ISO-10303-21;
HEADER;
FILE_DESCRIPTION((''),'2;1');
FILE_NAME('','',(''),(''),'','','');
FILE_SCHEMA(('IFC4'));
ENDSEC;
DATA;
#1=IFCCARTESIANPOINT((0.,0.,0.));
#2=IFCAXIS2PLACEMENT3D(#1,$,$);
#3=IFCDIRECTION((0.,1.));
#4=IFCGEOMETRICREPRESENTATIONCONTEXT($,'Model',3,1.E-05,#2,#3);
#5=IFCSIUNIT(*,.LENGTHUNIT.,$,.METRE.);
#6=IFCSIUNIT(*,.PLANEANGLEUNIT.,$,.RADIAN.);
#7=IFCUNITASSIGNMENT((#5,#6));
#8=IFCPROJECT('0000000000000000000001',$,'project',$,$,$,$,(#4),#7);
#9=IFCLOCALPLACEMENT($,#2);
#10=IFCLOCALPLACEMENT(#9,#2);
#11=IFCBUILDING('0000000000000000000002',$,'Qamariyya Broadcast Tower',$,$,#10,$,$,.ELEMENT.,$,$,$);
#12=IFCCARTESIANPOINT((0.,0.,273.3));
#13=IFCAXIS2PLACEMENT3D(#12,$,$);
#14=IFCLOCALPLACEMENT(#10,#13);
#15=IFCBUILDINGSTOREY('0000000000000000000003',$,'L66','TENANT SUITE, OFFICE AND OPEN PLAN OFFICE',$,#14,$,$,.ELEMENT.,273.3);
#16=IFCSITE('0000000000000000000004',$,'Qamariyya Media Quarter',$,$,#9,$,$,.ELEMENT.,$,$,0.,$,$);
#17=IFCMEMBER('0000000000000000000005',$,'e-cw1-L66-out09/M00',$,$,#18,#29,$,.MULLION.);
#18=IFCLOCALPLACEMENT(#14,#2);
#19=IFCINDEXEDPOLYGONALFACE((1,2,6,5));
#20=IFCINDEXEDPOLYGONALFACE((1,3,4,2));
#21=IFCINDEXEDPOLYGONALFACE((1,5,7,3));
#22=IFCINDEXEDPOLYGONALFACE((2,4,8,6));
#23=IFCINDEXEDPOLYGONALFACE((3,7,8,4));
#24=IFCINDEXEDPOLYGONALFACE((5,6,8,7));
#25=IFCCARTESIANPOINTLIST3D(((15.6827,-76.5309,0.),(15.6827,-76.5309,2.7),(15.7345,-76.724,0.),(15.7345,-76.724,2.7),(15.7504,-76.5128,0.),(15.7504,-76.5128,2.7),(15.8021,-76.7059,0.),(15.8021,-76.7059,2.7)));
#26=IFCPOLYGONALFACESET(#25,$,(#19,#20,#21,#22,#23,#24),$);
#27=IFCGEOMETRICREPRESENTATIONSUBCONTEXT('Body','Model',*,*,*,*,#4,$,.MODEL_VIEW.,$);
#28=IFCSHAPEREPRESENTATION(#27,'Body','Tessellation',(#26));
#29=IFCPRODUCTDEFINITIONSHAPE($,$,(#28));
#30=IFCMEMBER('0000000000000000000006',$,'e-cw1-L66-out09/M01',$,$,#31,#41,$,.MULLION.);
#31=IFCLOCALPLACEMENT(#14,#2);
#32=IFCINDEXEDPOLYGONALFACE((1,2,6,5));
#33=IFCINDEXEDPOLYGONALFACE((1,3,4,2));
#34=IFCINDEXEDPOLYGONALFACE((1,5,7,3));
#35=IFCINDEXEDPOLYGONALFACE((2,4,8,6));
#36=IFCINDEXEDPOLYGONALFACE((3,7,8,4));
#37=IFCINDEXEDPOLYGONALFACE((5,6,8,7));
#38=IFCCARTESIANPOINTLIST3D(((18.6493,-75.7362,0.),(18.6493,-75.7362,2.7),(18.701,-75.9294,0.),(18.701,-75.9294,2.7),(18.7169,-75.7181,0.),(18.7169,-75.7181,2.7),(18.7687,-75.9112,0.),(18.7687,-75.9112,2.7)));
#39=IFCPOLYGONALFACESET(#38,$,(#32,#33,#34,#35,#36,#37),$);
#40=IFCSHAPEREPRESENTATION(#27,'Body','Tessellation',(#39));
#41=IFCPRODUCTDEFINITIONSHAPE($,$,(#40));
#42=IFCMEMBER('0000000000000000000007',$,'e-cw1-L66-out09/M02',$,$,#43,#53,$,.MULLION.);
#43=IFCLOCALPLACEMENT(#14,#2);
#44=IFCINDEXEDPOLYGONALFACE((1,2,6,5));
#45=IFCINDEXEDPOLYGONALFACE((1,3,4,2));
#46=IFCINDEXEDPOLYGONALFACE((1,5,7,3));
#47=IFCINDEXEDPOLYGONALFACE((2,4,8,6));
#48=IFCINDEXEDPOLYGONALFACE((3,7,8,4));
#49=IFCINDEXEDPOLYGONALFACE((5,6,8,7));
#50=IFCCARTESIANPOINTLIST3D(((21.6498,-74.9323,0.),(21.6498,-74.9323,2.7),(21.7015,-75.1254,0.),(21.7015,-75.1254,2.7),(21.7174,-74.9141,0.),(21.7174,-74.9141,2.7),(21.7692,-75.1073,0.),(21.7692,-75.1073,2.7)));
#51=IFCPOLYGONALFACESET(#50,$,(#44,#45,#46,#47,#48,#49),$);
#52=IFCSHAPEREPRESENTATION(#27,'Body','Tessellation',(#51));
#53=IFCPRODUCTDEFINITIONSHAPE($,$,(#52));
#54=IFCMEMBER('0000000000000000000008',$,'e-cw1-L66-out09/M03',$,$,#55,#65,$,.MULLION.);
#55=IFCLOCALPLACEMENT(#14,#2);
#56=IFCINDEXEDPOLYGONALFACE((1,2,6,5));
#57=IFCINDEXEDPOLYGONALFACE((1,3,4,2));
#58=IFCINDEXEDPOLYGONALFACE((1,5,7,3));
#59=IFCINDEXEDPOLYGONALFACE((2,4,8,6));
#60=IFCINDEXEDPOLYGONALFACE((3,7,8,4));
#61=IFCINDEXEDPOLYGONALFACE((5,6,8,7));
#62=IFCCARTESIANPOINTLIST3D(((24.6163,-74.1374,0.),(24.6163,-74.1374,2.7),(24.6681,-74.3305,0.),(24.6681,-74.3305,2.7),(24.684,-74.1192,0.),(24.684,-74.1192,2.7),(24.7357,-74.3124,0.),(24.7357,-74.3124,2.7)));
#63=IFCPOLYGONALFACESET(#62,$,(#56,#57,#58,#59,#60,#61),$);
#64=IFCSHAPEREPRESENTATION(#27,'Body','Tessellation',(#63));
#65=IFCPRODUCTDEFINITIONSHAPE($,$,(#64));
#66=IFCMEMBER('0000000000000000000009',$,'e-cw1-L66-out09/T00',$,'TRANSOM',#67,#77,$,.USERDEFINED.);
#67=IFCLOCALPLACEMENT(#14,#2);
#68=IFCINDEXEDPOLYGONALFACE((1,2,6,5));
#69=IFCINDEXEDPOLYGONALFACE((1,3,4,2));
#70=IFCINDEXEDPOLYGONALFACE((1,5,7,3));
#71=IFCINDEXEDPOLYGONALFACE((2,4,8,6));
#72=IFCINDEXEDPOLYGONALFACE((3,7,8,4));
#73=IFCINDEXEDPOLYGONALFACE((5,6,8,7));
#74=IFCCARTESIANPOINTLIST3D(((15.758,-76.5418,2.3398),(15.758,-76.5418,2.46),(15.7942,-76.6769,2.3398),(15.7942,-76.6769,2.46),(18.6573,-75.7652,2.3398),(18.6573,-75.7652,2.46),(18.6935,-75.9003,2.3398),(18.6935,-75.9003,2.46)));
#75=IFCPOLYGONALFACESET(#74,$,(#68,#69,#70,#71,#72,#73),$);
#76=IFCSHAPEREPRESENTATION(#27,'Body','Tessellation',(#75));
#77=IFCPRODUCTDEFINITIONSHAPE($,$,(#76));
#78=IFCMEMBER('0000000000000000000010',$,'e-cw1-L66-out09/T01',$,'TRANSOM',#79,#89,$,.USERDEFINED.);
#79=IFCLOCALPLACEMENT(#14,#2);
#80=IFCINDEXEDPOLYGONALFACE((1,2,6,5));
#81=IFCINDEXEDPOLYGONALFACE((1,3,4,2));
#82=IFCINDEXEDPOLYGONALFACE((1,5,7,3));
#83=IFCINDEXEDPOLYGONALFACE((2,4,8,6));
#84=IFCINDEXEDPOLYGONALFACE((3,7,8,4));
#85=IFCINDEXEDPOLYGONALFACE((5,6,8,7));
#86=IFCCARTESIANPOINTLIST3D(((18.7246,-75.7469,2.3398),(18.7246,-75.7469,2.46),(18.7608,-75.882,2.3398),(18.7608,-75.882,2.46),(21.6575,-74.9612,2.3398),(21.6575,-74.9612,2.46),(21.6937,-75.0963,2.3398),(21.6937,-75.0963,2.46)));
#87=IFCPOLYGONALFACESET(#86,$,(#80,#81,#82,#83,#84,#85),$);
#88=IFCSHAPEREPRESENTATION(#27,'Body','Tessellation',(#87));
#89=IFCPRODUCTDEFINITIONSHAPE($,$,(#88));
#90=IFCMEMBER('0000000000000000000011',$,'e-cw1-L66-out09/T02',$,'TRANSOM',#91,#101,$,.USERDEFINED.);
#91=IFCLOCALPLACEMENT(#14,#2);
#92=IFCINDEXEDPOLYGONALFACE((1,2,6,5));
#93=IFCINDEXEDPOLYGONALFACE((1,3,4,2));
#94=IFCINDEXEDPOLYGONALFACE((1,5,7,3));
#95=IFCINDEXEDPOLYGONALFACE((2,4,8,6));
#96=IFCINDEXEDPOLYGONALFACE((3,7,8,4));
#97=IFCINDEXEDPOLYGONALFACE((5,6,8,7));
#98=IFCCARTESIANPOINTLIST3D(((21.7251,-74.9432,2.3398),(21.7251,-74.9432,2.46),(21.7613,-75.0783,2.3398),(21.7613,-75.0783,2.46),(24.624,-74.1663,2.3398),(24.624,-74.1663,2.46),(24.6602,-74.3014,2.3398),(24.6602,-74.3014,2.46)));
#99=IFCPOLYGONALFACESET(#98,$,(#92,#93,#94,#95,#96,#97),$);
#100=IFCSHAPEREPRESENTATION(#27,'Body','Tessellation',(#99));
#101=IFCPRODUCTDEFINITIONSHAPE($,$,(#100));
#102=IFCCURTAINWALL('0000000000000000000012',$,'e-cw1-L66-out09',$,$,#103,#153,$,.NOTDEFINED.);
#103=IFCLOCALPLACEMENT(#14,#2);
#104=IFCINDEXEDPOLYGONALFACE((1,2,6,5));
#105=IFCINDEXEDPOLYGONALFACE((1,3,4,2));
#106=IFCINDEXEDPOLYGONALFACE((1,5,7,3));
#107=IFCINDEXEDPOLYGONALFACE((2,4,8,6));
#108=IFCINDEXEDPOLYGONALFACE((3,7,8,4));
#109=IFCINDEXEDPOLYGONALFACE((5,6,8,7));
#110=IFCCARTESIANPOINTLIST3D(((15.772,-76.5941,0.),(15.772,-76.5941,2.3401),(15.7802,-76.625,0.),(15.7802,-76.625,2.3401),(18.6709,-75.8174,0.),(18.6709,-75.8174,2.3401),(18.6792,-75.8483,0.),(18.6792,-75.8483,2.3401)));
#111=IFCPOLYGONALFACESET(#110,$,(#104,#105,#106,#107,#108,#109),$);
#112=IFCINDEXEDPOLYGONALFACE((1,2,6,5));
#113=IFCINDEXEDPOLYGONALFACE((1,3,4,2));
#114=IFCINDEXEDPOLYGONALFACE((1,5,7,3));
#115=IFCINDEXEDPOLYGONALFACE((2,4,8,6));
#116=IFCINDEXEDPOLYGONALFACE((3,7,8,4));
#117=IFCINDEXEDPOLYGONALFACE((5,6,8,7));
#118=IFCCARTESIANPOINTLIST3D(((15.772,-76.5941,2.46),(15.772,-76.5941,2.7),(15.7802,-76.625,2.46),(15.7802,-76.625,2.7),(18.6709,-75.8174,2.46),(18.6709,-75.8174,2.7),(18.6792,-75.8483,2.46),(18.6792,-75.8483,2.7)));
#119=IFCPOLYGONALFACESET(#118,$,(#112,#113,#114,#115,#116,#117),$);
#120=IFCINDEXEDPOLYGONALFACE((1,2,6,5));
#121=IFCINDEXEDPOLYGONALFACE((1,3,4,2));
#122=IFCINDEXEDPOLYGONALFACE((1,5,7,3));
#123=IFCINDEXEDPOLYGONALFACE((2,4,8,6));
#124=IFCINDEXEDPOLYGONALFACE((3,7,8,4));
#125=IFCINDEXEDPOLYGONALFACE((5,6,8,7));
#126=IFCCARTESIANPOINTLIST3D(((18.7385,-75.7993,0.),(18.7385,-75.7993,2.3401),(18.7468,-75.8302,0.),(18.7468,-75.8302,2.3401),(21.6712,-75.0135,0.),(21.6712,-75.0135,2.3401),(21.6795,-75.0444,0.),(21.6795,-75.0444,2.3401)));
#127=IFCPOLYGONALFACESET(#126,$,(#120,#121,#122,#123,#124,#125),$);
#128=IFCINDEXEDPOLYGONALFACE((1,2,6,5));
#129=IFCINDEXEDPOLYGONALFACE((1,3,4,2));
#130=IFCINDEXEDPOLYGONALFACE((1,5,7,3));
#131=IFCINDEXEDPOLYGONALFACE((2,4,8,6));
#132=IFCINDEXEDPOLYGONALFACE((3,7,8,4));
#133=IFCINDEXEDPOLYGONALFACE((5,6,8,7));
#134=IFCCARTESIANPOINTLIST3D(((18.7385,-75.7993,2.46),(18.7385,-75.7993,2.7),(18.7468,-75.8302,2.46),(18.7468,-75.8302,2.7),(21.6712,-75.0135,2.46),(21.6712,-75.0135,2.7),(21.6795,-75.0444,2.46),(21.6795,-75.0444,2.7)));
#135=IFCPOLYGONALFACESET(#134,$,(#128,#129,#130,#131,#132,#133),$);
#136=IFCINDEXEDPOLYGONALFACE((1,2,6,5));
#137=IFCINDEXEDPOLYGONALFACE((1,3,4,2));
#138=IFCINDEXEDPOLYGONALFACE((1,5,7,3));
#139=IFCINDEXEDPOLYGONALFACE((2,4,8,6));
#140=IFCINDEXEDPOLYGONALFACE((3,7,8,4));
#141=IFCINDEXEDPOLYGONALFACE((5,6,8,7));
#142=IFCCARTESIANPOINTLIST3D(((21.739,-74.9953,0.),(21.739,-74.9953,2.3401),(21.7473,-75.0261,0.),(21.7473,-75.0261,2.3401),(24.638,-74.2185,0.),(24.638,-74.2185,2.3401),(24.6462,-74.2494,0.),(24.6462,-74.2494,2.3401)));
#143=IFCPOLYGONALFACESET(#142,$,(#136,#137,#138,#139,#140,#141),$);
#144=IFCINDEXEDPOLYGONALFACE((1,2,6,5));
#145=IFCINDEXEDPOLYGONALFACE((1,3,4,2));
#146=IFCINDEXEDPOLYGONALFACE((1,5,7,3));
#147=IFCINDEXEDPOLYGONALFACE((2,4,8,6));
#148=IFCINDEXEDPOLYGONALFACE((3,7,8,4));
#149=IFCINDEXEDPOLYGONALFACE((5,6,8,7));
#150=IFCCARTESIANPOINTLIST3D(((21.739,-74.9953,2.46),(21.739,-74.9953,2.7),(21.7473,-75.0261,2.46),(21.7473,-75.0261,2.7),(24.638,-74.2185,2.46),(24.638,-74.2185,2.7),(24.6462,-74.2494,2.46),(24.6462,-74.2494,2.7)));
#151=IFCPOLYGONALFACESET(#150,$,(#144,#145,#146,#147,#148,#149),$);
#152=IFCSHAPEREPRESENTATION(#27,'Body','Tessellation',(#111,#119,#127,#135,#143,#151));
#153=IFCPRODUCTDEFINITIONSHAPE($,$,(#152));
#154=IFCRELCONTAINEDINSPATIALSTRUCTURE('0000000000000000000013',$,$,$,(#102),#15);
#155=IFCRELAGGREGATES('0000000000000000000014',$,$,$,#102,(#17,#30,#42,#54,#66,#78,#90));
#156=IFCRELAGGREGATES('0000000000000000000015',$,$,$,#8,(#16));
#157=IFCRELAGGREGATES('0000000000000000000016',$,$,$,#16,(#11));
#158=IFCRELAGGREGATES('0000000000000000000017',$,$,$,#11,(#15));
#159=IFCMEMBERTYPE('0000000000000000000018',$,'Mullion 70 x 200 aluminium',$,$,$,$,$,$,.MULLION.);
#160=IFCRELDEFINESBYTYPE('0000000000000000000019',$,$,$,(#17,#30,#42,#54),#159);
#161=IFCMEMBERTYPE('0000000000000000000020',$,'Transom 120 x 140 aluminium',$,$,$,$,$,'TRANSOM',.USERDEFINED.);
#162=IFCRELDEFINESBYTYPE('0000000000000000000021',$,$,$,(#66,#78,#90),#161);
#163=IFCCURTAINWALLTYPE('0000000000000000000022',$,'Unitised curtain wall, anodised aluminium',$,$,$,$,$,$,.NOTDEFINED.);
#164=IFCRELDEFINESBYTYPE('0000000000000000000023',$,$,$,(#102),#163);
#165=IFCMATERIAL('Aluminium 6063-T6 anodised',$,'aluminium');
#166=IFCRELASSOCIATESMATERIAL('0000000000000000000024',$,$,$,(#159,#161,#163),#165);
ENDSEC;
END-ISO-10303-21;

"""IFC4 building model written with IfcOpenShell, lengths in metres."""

from ifc_helpers import new_model, si_unit, direction, frame, origin, origin_2d, place, context, subcontext, project, spatial, rectangle, extrude, material, material_profile, profile_set, type_object, element, aggregate, save


model = new_model("IFC4")

# Units and contexts
model_context = context("Model", 3, precision=1e-05, world=origin(), true_north=direction((0.0, 1.0)))
body_context = subcontext(model_context, "Body", "Model", "MODEL_VIEW")
ifc_project = project(units=[si_unit("LENGTHUNIT", "METRE"), si_unit("PLANEANGLEUNIT", "RADIAN")], contexts=[model_context])

# Members
ifc_material = material(Name="Aluminium 6063-T6 anodised", Category="aluminium")
ifc_material_profile_1 = material_profile(ifc_material, rectangle(XDim=0.2, YDim=0.0701, at=origin_2d()))
ifc_profile_set_1 = profile_set([ifc_material_profile_1], Name="Aluminium 6063-T6 anodised")
member_type_1 = type_object("IfcMemberType", Name="Mullion 70 x 200 aluminium", PredefinedType="MULLION", material=ifc_profile_set_1)
site_placement = place(None, origin())
building_placement = place(site_placement, origin())
storey_placement = place(building_placement, frame((0.0, 0.0, 273.3)))
member_1_placement = place(storey_placement, frame((15.7424, -76.6184, 0.0), z_axis=(0.0, 0.0, 1.0), x_axis=(-0.258819, 0.965926, 0.0)))
member_1 = element("IfcMember", 1, at=member_1_placement, type_object=member_type_1, Name="e-cw1-L66-out09/M00", PredefinedType="MULLION", context=body_context, shape_type="SweptSolid", body=[
    extrude(rectangle(XDim=0.2, YDim=0.0701, at=origin_2d()), origin(), (0.0, 0.0, 1.0), 2.7),
])
member_2_placement = place(storey_placement, frame((18.709, -75.8237, 0.0), z_axis=(0.0, 0.0, 1.0), x_axis=(-0.258819, 0.965926, 0.0)))
member_2 = element("IfcMember", 2, at=member_2_placement, type_object=member_type_1, Name="e-cw1-L66-out09/M01", PredefinedType="MULLION", context=body_context, shape_type="SweptSolid", body=[
    extrude(rectangle(XDim=0.2, YDim=0.0701, at=origin_2d()), origin(), (0.0, 0.0, 1.0), 2.7),
])
member_3_placement = place(storey_placement, frame((21.7095, -75.0198, 0.0), z_axis=(0.0, 0.0, 1.0), x_axis=(-0.258819, 0.965926, 0.0)))
member_3 = element("IfcMember", 3, at=member_3_placement, type_object=member_type_1, Name="e-cw1-L66-out09/M02", PredefinedType="MULLION", context=body_context, shape_type="SweptSolid", body=[
    extrude(rectangle(XDim=0.2, YDim=0.0701, at=origin_2d()), origin(), (0.0, 0.0, 1.0), 2.7),
])
member_4_placement = place(storey_placement, frame((24.676, -74.2249, 0.0), z_axis=(0.0, 0.0, 1.0), x_axis=(-0.258819, 0.965926, 0.0)))
member_4 = element("IfcMember", 4, at=member_4_placement, type_object=member_type_1, Name="e-cw1-L66-out09/M03", PredefinedType="MULLION", context=body_context, shape_type="SweptSolid", body=[
    extrude(rectangle(XDim=0.2, YDim=0.0701, at=origin_2d()), origin(), (0.0, 0.0, 1.0), 2.7),
])
ifc_material_profile_2 = material_profile(ifc_material, rectangle(XDim=0.1399, YDim=0.1201, at=origin_2d()))
ifc_profile_set_2 = profile_set([ifc_material_profile_2], Name="Aluminium 6063-T6 anodised")
member_type_2 = type_object("IfcMemberType", Name="Transom 120 x 140 aluminium", ElementType="TRANSOM", PredefinedType="USERDEFINED", material=ifc_profile_set_2)
member_5_placement = place(storey_placement, frame((15.7761, -76.6094, 2.3999), z_axis=(0.965944, 0.258751, 0.0), x_axis=(-0.258751, 0.965944, 0.0)))
member_5 = element("IfcMember", 5, at=member_5_placement, type_object=member_type_2, Name="e-cw1-L66-out09/T00", ObjectType="TRANSOM", PredefinedType="USERDEFINED", context=body_context, shape_type="SweptSolid", body=[
    extrude(rectangle(XDim=0.1399, YDim=0.1201, at=origin_2d()), origin(), (0.0, 0.0, 1.0), 3.0015),
])
member_6_placement = place(storey_placement, frame((18.7427, -75.8145, 2.3999), z_axis=(0.965943, 0.258754, 0.0), x_axis=(-0.258754, 0.965943, 0.0)))
member_6 = element("IfcMember", 6, at=member_6_placement, type_object=member_type_2, Name="e-cw1-L66-out09/T01", ObjectType="TRANSOM", PredefinedType="USERDEFINED", context=body_context, shape_type="SweptSolid", body=[
    extrude(rectangle(XDim=0.1399, YDim=0.1201, at=origin_2d()), origin(), (0.0, 0.0, 1.0), 3.0364),
])
member_7_placement = place(storey_placement, frame((21.7432, -75.0107, 2.3999), z_axis=(0.965918, 0.258847, 0.0), x_axis=(-0.258847, 0.965918, 0.0)))
member_7 = element("IfcMember", 7, at=member_7_placement, type_object=member_type_2, Name="e-cw1-L66-out09/T02", ObjectType="TRANSOM", PredefinedType="USERDEFINED", context=body_context, shape_type="SweptSolid", body=[
    extrude(rectangle(XDim=0.1399, YDim=0.1201, at=origin_2d()), origin(), (0.0, 0.0, 1.0), 3.0012),
])

# Site, building, storey
site = spatial("IfcSite", under=ifc_project, at=site_placement, Name="Qamariyya Media Quarter", CompositionType="ELEMENT", RefElevation=0.0)
building = spatial("IfcBuilding", under=site, at=building_placement, Name="Qamariyya Broadcast Tower", CompositionType="ELEMENT")
storey = spatial("IfcBuildingStorey", under=building, at=storey_placement, Name="L66", Description="TENANT SUITE, OFFICE AND OPEN PLAN OFFICE", CompositionType="ELEMENT", Elevation=273.3)

# Curtain wall
curtain_wall_type = type_object("IfcCurtainWallType", Name="Unitised curtain wall, anodised aluminium", PredefinedType="NOTDEFINED", material=ifc_material)
curtain_wall_1_placement = place(storey_placement, origin())
curtain_wall_1 = element("IfcCurtainWall", 8, at=curtain_wall_1_placement, inside=storey, type_object=curtain_wall_type, Name="e-cw1-L66-out09", PredefinedType="NOTDEFINED", context=body_context, shape_type="SweptSolid", body=[
    extrude(rectangle(XDim=3.0012, YDim=0.032, at=origin_2d()), frame((17.2256, -76.2212, 0.0), x_axis=(0.965926, 0.258819, 0.0)), (0.0, 0.0, 1.0), 2.3401),
    extrude(rectangle(XDim=3.0012, YDim=0.032, at=origin_2d()), frame((17.2256, -76.2212, 2.46), x_axis=(0.965926, 0.258819, 0.0)), (0.0, 0.0, 1.0), 0.24),
    extrude(rectangle(XDim=3.0361, YDim=0.032, at=origin_2d()), frame((20.209, -75.4219, 0.0), x_axis=(0.965926, 0.258819, 0.0)), (0.0, 0.0, 1.0), 2.3401),
    extrude(rectangle(XDim=3.0361, YDim=0.032, at=origin_2d()), frame((20.209, -75.4219, 2.46), x_axis=(0.965926, 0.258819, 0.0)), (0.0, 0.0, 1.0), 0.24),
    extrude(rectangle(XDim=3.0012, YDim=0.032, at=origin_2d()), frame((23.1926, -74.6223, 0.0), x_axis=(0.965926, 0.258819, 0.0)), (0.0, 0.0, 1.0), 2.3401),
    extrude(rectangle(XDim=3.0012, YDim=0.032, at=origin_2d()), frame((23.1926, -74.6223, 2.46), x_axis=(0.965926, 0.258819, 0.0)), (0.0, 0.0, 1.0), 0.24),
])
aggregate(curtain_wall_1, [member_1, member_2, member_3, member_4, member_5, member_6, member_7])

save(model, "model.ifc")
